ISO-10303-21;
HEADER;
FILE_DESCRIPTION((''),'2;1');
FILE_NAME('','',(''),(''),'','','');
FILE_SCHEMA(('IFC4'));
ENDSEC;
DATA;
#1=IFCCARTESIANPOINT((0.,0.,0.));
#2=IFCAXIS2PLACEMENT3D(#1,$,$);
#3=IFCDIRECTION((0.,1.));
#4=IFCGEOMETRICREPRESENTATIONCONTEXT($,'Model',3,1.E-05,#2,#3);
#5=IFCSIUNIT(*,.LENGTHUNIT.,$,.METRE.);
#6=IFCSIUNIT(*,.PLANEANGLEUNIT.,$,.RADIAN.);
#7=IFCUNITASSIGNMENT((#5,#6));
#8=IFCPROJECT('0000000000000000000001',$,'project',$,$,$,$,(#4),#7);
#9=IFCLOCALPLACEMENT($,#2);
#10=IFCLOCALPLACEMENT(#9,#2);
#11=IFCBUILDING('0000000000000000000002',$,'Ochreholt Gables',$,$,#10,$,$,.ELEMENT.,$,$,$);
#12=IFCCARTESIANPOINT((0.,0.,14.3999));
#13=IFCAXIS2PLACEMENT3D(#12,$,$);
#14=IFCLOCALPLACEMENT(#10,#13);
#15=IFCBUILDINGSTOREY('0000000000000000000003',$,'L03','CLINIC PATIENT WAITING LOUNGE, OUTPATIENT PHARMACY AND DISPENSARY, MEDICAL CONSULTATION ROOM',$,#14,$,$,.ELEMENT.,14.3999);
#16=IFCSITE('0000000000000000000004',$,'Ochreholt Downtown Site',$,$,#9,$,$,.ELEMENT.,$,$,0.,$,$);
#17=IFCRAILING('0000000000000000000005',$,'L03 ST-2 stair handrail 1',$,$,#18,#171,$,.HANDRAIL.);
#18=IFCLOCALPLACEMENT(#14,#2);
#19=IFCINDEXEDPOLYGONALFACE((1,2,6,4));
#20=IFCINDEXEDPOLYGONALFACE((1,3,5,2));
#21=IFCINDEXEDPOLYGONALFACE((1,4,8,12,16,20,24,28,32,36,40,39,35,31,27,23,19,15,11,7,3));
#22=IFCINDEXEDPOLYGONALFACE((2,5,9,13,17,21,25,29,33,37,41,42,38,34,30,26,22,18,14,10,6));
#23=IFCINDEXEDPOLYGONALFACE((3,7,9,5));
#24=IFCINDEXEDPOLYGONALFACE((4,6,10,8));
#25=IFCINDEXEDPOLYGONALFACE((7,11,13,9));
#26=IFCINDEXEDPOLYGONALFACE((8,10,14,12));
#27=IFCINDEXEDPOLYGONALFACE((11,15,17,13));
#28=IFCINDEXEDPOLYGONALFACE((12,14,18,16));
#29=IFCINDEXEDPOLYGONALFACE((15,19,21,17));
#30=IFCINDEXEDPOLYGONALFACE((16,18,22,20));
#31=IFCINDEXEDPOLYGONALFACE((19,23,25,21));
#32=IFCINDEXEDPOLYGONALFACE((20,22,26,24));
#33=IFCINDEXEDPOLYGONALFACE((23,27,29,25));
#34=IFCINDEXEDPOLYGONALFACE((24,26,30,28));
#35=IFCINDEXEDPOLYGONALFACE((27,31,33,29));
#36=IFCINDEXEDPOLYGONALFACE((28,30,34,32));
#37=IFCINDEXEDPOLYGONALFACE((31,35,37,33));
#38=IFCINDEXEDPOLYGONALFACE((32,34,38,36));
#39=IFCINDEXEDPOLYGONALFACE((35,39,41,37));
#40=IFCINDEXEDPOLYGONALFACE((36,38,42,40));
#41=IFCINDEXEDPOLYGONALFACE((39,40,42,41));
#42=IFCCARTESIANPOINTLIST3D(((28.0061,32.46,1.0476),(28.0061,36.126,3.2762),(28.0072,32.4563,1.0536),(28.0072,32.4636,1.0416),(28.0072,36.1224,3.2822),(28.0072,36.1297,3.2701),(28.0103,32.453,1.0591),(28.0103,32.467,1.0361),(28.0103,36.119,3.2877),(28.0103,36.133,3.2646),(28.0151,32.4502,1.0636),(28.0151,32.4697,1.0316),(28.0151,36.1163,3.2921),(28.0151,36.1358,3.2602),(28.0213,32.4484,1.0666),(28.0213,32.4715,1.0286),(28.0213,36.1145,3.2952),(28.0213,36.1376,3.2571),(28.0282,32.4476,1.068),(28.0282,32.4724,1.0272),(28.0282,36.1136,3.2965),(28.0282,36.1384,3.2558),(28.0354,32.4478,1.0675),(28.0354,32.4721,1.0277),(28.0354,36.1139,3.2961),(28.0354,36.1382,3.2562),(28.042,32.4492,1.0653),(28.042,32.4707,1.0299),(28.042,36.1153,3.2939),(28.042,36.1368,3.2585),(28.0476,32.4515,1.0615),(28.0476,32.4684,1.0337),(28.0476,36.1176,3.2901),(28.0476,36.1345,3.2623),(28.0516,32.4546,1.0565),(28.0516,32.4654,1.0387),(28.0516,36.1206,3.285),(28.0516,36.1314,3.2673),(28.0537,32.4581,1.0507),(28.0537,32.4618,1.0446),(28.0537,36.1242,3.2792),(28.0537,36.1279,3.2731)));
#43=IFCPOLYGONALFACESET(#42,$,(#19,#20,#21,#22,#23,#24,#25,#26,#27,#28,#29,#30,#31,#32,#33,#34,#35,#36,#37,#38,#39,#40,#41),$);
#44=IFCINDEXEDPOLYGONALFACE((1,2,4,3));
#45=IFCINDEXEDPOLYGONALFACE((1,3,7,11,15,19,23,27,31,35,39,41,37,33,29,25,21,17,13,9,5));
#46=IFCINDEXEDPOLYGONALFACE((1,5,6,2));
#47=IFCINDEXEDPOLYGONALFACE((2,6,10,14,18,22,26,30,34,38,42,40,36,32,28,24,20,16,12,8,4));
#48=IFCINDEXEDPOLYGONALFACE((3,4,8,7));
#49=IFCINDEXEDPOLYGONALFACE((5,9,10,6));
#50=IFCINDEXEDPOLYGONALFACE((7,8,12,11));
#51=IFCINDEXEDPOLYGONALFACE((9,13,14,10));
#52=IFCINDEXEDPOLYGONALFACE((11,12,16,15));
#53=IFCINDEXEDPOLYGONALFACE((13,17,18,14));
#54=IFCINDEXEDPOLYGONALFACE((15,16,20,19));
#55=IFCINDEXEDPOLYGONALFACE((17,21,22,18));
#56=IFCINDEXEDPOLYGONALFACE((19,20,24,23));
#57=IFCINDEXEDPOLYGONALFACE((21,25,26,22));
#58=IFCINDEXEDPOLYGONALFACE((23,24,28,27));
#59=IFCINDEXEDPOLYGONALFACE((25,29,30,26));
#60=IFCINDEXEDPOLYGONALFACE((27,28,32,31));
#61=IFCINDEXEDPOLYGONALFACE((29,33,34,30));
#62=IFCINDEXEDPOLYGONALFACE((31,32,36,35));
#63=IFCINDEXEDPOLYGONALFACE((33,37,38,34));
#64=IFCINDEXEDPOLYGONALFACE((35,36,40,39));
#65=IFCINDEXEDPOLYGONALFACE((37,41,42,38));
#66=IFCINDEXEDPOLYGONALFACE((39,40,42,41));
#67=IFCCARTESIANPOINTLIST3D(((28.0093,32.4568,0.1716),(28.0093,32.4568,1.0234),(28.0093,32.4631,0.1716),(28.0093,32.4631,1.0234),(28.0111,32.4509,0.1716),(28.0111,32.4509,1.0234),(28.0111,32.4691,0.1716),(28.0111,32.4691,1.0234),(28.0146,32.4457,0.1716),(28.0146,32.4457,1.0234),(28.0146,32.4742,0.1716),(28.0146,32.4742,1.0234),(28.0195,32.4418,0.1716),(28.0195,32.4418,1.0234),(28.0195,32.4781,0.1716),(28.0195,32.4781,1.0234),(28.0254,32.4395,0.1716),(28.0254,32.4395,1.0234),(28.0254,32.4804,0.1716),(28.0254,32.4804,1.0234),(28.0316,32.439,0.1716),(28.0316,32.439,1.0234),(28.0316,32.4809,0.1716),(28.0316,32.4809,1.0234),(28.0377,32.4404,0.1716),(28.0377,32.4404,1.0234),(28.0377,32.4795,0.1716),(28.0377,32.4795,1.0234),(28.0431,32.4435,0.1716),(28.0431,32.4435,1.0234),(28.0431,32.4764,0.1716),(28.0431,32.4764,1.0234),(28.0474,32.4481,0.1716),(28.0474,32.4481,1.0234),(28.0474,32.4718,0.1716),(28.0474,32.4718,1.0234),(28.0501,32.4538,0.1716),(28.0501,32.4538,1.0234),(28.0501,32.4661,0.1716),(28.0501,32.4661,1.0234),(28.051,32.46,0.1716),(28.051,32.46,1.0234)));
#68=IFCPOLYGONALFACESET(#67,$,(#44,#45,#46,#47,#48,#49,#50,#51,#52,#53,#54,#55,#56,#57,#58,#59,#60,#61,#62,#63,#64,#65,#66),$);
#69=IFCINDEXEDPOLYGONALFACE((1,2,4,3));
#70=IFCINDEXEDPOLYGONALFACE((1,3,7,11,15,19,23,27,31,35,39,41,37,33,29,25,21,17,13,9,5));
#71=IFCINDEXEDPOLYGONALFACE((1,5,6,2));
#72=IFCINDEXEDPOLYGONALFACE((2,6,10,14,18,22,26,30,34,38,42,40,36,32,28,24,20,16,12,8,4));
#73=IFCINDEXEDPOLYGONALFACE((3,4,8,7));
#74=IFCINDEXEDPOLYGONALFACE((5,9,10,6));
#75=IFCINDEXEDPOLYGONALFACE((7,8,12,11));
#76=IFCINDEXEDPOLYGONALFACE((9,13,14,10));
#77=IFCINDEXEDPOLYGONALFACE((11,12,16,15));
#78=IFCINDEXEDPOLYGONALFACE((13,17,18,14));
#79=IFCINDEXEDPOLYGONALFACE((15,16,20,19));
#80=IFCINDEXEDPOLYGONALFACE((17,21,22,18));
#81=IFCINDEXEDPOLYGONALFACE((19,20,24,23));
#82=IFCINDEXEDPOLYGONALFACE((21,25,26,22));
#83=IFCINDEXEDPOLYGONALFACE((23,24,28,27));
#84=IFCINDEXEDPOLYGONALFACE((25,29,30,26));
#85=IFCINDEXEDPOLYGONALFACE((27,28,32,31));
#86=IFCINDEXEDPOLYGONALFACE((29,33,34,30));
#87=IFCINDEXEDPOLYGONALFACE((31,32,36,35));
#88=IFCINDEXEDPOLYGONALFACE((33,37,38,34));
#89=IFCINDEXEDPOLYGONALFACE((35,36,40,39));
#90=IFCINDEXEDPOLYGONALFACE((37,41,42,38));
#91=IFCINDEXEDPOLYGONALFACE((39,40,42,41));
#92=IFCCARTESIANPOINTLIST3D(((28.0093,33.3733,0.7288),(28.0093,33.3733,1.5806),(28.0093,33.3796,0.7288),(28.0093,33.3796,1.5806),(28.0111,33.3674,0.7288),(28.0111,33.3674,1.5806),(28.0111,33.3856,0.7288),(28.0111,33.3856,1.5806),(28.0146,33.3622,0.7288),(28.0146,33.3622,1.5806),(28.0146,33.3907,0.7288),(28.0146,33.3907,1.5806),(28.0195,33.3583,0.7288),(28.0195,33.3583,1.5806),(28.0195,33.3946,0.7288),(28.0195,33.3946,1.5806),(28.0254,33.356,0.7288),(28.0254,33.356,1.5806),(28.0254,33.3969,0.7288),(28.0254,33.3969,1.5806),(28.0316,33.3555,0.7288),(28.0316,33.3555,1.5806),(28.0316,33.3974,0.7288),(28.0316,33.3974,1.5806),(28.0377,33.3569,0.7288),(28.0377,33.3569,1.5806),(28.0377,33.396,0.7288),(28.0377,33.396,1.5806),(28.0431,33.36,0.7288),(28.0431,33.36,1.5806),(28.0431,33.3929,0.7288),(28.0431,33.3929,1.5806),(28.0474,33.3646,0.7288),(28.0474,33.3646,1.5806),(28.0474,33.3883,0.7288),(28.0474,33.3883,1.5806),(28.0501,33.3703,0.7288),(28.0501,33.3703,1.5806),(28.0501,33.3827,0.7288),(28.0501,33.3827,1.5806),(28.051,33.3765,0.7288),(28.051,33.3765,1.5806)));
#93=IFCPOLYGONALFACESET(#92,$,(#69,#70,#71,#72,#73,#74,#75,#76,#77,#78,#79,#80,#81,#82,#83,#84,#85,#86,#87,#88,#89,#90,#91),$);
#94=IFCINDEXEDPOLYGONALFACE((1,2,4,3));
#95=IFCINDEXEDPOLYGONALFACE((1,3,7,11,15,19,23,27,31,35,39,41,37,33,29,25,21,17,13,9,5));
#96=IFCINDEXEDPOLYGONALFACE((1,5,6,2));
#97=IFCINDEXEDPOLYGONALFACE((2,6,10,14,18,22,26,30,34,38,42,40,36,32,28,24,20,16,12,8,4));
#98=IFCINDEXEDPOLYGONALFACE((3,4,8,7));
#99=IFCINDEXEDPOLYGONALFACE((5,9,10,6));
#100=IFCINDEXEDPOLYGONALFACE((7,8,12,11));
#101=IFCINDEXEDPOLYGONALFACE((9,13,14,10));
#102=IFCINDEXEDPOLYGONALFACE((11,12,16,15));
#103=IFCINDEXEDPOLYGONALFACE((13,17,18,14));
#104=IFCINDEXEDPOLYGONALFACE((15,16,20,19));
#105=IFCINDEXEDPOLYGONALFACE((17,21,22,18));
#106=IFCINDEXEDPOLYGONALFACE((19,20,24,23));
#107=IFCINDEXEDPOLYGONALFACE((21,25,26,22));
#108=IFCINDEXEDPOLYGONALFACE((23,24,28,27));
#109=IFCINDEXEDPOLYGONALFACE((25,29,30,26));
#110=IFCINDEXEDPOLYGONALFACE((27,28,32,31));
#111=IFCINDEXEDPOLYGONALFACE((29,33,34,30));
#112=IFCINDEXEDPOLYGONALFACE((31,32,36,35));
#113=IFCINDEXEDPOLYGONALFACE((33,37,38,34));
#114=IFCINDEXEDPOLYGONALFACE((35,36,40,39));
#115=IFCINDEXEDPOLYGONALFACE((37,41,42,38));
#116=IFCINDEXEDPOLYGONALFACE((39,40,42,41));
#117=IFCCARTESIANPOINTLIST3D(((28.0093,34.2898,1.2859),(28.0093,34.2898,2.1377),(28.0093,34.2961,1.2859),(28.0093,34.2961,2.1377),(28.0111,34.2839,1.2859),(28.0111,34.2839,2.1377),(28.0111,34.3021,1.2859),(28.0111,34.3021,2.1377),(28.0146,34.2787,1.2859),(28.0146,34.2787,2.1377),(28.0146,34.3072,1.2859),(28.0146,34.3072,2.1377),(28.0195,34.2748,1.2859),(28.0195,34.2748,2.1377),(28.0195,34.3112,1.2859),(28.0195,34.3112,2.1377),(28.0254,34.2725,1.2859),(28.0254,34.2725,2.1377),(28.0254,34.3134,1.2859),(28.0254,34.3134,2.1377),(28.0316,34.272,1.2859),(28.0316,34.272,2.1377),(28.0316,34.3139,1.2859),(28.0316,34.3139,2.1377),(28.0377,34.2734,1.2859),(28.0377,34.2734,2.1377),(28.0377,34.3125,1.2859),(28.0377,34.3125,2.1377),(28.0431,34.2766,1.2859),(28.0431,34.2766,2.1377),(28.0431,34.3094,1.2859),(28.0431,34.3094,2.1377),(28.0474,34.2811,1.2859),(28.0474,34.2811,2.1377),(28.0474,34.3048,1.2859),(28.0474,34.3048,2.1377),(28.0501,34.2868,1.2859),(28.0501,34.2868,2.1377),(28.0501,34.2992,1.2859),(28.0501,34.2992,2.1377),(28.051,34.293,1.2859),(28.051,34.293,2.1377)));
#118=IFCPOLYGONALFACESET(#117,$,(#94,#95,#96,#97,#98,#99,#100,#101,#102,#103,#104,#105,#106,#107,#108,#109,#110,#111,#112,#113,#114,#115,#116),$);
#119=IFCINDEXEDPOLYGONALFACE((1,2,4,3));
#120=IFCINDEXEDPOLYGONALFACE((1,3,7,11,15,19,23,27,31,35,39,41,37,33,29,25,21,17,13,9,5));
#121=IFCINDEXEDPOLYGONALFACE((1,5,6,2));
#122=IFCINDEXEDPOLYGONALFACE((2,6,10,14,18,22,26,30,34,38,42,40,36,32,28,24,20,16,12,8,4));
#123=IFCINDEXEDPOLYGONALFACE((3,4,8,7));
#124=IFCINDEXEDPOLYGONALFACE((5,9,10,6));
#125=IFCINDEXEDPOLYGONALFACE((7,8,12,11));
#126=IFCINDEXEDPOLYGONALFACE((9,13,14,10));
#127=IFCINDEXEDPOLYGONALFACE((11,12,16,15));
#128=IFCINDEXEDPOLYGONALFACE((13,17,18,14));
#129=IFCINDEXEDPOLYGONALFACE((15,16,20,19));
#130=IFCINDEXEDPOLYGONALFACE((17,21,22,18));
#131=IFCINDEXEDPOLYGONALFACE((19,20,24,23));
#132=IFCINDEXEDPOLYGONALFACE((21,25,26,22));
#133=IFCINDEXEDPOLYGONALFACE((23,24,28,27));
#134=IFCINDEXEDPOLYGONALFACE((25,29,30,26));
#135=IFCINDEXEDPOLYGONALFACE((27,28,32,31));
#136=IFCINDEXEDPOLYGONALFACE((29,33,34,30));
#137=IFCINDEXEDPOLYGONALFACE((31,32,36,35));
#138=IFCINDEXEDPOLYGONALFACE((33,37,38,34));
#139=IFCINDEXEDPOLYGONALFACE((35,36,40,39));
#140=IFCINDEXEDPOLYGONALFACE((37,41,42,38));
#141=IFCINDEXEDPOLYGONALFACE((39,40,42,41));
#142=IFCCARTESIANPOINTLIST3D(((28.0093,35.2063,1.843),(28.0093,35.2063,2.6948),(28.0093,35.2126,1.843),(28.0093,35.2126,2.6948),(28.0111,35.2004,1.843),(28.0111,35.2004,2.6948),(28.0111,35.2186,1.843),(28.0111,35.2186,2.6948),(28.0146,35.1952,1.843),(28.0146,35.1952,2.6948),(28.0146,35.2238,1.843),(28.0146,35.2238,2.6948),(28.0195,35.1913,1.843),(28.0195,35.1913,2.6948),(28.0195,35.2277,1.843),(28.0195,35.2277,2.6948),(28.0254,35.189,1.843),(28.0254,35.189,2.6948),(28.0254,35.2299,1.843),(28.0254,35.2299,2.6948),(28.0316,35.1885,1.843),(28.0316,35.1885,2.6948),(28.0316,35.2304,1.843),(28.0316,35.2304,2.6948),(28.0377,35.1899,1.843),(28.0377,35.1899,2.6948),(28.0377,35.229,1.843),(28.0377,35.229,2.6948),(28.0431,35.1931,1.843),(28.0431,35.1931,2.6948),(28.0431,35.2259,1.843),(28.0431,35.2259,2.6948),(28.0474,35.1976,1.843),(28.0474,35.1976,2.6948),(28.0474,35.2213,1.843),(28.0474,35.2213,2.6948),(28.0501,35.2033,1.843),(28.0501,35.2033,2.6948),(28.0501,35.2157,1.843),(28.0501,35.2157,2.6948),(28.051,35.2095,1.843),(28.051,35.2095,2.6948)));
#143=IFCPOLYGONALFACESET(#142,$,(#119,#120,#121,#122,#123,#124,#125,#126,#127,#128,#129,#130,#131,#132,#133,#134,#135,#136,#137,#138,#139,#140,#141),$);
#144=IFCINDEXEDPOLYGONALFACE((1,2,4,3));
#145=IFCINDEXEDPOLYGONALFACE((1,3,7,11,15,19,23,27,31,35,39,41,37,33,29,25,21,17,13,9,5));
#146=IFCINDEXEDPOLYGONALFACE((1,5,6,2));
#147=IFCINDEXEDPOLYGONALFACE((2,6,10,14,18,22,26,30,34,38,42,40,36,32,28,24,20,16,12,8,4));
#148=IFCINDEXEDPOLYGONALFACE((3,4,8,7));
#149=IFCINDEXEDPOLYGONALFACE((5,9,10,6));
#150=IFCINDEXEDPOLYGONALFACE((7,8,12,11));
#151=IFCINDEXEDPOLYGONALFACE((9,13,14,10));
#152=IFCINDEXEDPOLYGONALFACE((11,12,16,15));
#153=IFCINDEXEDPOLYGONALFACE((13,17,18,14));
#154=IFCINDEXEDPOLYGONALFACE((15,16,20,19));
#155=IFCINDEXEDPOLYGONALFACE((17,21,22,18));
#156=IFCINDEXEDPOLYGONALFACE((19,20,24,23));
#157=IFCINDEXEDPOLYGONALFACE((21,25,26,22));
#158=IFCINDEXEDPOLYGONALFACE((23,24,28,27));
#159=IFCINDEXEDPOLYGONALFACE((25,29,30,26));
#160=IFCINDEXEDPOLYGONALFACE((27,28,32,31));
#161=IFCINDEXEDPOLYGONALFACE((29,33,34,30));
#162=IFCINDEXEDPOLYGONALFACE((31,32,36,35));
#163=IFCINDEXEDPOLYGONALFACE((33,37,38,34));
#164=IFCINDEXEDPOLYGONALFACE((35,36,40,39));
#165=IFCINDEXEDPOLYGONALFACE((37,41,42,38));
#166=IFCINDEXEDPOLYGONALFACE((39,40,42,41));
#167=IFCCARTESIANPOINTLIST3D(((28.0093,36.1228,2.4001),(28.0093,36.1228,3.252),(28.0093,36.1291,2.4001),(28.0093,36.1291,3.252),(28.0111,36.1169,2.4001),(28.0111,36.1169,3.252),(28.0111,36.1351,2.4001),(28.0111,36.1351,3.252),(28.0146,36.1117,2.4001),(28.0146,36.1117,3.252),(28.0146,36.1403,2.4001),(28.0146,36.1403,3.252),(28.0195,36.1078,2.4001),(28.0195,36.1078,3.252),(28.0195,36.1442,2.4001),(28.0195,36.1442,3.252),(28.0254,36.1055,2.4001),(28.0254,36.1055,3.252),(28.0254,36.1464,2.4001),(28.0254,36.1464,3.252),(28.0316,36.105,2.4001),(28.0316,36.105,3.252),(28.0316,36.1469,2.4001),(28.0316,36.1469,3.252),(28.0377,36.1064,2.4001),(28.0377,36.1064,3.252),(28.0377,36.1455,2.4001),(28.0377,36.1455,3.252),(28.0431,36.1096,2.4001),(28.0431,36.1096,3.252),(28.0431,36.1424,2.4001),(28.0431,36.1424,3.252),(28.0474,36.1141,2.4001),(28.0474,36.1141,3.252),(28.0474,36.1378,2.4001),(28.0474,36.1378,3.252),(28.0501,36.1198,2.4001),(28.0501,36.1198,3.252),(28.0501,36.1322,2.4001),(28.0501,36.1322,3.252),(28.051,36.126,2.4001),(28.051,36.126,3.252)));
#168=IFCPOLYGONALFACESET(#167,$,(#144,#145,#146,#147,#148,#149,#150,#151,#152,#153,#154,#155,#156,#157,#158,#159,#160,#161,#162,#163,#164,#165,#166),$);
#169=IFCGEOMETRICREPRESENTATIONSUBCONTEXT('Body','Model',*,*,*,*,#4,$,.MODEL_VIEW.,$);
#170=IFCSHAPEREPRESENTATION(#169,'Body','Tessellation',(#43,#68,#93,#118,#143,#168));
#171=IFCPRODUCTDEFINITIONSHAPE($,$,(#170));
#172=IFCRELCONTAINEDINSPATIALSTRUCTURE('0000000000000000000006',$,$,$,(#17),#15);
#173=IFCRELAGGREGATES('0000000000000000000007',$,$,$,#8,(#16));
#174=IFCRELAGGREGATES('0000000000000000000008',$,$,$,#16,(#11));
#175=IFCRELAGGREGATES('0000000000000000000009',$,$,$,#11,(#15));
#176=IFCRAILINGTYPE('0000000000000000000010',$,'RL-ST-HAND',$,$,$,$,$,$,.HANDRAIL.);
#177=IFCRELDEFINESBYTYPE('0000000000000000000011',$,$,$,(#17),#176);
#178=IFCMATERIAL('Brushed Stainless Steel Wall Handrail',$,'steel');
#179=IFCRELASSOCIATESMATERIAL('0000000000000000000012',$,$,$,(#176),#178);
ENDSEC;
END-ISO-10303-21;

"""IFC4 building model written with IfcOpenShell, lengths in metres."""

from ifc_helpers import new_model, si_unit, direction, frame, origin, origin_2d, place, context, subcontext, project, spatial, circle, extrude, material, type_object, element, save


model = new_model("IFC4")

# Units and contexts
model_context = context("Model", 3, precision=1e-05, world=origin(), true_north=direction((0.0, 1.0)))
body_context = subcontext(model_context, "Body", "Model", "MODEL_VIEW")
ifc_project = project(units=[si_unit("LENGTHUNIT", "METRE"), si_unit("PLANEANGLEUNIT", "RADIAN")], contexts=[model_context])

# Site, building, storey
site_placement = place(None, origin())
site = spatial("IfcSite", under=ifc_project, at=site_placement, Name="Ochreholt Downtown Site", CompositionType="ELEMENT", RefElevation=0.0)
building_placement = place(site_placement, origin())
building = spatial("IfcBuilding", under=site, at=building_placement, Name="Ochreholt Gables", CompositionType="ELEMENT")
storey_placement = place(building_placement, frame((0.0, 0.0, 14.3999)))
storey = spatial("IfcBuildingStorey", under=building, at=storey_placement, Name="L03", Description="CLINIC PATIENT WAITING LOUNGE, OUTPATIENT PHARMACY AND DISPENSARY, MEDICAL CONSULTATION ROOM", CompositionType="ELEMENT", Elevation=14.3999)

# Railing
ifc_material_1 = material(Name="Brushed Stainless Steel Wall Handrail", Category="steel")
railing_type_1 = type_object("IfcRailingType", Name="RL-ST-HAND", PredefinedType="HANDRAIL", material=ifc_material_1)
railing_1_placement = place(storey_placement, frame((28.03, 32.46, 0.1716)))
element("IfcRailing", 1, at=railing_1_placement, inside=storey, type_object=railing_type_1, Name="L03 ST-2 stair handrail 1", PredefinedType="HANDRAIL", context=body_context, shape_type="SweptSolid", body=[
    extrude(circle(Radius=0.0239, at=origin_2d()), frame((0.0, 0.0, 0.876), z_axis=(0.0, 0.854506, 0.519441), x_axis=(-1.0, 0.0, 0.0)), (0.0, 0.0, 1.0), 4.2903),
    extrude(circle(Radius=0.021, at=origin_2d()), origin(), (0.0, 0.0, 1.0), 0.8518),
    extrude(circle(Radius=0.021, at=origin_2d()), frame((0.0, 0.9165, 0.5571)), (0.0, 0.0, 1.0), 0.8518),
    extrude(circle(Radius=0.021, at=origin_2d()), frame((0.0, 1.833, 1.1143)), (0.0, 0.0, 1.0), 0.8518),
    extrude(circle(Radius=0.021, at=origin_2d()), frame((0.0, 2.7495, 1.6714)), (0.0, 0.0, 1.0), 0.8518),
    extrude(circle(Radius=0.021, at=origin_2d()), frame((0.0, 3.666, 2.2285)), (0.0, 0.0, 1.0), 0.8518),
])

save(model, "model.ifc")
